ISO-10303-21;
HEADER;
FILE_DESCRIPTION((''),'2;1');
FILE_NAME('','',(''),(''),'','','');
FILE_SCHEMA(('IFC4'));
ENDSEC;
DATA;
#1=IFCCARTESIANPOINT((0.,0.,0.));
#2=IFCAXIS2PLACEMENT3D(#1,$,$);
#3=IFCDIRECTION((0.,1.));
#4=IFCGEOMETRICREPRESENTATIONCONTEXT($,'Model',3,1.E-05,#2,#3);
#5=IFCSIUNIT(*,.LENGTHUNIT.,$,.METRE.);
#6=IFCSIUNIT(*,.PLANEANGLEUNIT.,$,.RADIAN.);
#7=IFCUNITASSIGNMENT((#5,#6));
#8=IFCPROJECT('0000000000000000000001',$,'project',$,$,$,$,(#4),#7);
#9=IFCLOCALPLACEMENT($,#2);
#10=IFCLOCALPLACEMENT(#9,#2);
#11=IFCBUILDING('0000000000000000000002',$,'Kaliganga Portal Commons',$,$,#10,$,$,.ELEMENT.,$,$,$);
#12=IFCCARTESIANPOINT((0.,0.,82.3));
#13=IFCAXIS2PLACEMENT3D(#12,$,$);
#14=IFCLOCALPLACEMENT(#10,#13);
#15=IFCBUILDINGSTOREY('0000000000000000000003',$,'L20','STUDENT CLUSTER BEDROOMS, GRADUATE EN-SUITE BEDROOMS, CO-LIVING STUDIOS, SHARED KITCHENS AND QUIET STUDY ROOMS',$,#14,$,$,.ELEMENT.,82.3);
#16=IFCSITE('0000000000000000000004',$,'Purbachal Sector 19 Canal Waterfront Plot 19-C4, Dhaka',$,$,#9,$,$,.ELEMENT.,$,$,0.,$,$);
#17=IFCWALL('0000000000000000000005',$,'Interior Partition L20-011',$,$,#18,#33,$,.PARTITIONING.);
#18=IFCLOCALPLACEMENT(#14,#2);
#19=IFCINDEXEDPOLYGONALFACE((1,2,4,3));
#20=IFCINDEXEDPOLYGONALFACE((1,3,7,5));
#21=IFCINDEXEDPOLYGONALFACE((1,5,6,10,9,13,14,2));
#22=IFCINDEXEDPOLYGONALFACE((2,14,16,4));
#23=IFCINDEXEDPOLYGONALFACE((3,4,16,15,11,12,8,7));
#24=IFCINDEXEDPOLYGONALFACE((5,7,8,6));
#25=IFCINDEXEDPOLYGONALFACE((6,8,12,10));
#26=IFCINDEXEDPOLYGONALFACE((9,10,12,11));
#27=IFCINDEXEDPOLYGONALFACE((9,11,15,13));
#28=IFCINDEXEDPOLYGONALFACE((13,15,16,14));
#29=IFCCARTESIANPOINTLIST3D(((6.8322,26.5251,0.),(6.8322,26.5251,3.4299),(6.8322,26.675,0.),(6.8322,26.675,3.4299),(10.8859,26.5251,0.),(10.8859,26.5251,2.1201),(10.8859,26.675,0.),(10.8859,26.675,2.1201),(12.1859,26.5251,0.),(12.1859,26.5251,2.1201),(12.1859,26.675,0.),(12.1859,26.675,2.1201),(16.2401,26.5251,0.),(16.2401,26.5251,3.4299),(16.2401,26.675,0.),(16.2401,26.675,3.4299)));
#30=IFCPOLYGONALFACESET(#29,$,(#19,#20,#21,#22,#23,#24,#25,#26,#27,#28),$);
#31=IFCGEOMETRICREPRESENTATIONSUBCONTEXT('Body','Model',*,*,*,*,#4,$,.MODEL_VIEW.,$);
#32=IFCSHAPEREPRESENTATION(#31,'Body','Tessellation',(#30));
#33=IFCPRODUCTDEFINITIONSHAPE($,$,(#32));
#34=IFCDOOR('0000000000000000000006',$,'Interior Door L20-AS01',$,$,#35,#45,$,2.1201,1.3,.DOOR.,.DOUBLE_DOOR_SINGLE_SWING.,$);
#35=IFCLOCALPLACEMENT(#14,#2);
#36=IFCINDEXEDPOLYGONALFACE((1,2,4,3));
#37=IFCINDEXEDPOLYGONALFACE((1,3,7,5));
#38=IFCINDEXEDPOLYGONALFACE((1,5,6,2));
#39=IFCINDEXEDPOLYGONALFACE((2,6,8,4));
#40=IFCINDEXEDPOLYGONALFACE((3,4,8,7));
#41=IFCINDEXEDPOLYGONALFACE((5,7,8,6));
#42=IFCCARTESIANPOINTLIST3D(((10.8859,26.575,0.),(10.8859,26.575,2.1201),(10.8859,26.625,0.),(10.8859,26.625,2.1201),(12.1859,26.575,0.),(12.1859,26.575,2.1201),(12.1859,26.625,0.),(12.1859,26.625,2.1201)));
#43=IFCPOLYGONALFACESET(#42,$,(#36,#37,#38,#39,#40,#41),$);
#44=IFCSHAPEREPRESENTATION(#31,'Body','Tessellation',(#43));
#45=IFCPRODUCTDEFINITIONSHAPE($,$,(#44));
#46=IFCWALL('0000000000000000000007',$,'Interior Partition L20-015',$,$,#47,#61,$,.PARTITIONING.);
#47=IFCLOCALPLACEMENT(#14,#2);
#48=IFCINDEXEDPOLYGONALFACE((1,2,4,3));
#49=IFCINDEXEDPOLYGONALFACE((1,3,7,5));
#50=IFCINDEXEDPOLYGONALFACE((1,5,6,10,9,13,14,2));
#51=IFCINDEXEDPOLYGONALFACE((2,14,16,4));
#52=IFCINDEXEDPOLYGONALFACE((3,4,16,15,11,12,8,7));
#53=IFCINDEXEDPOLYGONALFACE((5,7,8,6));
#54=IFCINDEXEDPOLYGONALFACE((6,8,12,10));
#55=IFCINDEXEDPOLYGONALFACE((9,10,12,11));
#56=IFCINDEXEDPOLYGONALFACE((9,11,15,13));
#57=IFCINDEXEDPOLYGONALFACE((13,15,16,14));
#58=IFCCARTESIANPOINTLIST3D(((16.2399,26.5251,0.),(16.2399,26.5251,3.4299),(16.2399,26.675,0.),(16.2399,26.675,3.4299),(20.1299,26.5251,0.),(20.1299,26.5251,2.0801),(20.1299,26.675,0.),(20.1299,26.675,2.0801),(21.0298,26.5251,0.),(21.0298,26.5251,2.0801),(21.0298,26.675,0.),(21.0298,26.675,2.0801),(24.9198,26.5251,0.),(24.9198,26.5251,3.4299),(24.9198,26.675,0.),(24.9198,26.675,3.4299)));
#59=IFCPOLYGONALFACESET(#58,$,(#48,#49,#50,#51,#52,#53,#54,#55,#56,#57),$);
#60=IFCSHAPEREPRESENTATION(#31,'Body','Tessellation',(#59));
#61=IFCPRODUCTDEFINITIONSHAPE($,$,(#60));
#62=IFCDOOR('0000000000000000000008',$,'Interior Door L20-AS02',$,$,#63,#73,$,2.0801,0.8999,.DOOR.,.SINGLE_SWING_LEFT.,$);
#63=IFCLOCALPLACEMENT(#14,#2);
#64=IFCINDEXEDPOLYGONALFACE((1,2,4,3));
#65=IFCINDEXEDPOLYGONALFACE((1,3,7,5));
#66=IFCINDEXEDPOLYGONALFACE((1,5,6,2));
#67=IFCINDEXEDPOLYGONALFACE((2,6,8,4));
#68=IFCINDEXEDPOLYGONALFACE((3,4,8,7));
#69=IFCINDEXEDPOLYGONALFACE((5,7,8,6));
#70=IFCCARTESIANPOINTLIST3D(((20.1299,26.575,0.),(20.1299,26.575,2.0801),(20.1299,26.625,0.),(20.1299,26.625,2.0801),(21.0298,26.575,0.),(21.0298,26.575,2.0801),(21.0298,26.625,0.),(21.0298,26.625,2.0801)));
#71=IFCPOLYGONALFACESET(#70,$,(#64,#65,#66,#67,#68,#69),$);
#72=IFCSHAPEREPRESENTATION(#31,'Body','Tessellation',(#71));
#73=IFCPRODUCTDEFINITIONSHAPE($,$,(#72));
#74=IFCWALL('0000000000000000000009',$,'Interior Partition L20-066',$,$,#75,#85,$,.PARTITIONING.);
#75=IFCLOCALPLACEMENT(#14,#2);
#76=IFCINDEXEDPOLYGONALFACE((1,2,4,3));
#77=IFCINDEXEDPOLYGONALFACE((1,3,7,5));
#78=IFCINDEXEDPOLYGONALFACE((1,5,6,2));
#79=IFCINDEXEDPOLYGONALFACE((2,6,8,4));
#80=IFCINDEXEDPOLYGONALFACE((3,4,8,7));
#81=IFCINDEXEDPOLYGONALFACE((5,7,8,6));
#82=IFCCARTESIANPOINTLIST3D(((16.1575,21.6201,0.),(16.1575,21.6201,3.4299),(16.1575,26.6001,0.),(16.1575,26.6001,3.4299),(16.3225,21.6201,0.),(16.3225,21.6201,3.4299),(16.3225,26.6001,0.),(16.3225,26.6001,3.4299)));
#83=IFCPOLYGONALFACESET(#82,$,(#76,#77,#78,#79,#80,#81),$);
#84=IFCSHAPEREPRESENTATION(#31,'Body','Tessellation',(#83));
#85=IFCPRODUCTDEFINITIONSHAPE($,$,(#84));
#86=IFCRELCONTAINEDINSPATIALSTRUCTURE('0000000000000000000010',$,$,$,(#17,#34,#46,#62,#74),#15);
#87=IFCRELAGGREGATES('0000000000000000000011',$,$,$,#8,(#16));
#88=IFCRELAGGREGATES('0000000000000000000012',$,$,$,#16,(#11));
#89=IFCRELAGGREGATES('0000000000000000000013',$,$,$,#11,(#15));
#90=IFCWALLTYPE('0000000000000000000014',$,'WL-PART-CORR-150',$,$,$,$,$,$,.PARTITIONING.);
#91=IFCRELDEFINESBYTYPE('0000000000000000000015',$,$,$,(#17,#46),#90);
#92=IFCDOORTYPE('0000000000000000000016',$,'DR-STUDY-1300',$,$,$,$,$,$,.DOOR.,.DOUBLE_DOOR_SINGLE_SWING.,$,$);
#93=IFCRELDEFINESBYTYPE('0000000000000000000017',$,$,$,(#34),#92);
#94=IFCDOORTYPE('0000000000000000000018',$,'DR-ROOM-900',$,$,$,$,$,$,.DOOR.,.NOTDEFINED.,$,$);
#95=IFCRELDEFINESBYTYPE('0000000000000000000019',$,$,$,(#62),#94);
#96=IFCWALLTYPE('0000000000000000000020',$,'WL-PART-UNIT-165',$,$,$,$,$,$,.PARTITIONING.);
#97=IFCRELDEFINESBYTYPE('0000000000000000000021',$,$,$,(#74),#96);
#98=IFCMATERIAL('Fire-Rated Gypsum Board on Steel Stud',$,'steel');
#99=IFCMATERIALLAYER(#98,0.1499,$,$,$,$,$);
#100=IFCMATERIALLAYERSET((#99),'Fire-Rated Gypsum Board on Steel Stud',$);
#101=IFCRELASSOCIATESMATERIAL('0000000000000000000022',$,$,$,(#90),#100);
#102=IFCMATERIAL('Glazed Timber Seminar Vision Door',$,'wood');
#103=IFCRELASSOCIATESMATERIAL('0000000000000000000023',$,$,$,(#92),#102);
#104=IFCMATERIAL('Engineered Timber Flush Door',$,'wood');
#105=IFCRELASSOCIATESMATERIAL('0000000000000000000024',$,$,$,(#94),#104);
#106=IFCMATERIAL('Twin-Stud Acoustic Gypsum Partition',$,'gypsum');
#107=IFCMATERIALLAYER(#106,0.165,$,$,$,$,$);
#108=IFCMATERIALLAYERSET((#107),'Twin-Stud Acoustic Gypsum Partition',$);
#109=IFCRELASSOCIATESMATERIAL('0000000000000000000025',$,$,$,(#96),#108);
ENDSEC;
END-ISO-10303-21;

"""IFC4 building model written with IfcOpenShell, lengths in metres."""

from ifc_helpers import new_model, si_unit, direction, frame, frame_2d, origin, place, context, subcontext, project, spatial, rectangle, extrude, material, layer, layer_set, type_object, element, fill, save


model = new_model("IFC4")

# Units and contexts
model_context = context("Model", 3, precision=1e-05, world=origin(), true_north=direction((0.0, 1.0)))
body_context = subcontext(model_context, "Body", "Model", "MODEL_VIEW")
ifc_project = project(units=[si_unit("LENGTHUNIT", "METRE"), si_unit("PLANEANGLEUNIT", "RADIAN")], contexts=[model_context])

# Site, building, storey
site_placement = place(None, origin())
site = spatial("IfcSite", under=ifc_project, at=site_placement, Name="Purbachal Sector 19 Canal Waterfront Plot 19-C4, Dhaka", CompositionType="ELEMENT", RefElevation=0.0)
building_placement = place(site_placement, origin())
building = spatial("IfcBuilding", under=site, at=building_placement, Name="Kaliganga Portal Commons", CompositionType="ELEMENT")
storey_placement = place(building_placement, frame((0.0, 0.0, 82.3)))
storey = spatial("IfcBuildingStorey", under=building, at=storey_placement, Name="L20", Description="STUDENT CLUSTER BEDROOMS, GRADUATE EN-SUITE BEDROOMS, CO-LIVING STUDIOS, SHARED KITCHENS AND QUIET STUDY ROOMS", CompositionType="ELEMENT", Elevation=82.3)

# Walls, openings, doors
ifc_material_1 = material(Name="Fire-Rated Gypsum Board on Steel Stud", Category="steel")
ifc_layer_1 = layer(ifc_material_1, 0.1499)
ifc_layer_set_1 = layer_set([ifc_layer_1], Name="Fire-Rated Gypsum Board on Steel Stud")
wall_type_1 = type_object("IfcWallType", Name="WL-PART-CORR-150", PredefinedType="PARTITIONING", material=ifc_layer_set_1)
wall_1_placement = place(storey_placement, frame((6.832, 26.6001, 0.0), z_axis=(0.0, 0.0, 1.0), x_axis=(1.0, 0.0, 0.0)))
wall_1 = element("IfcWall", 1, at=wall_1_placement, inside=storey, type_object=wall_type_1, Name="Interior Partition L20-011", PredefinedType="PARTITIONING", context=body_context, shape_type="SweptSolid", body=[
    extrude(rectangle(XDim=9.408, YDim=0.1499, at=frame_2d((4.7041, 0.0))), origin(), (0.0, 0.0, 1.0), 3.4299),
])
opening_1_placement = place(wall_1_placement, frame((4.054, 0.0, 0.0)))
opening_1 = element("IfcOpeningElement", 2, at=opening_1_placement, cuts=wall_1, PredefinedType="OPENING", context=body_context, shape_type="SweptSolid", body=[
    extrude(rectangle(XDim=1.3, YDim=2.1201, at=frame_2d((0.6499, 1.0601))), frame((0.0, 0.085, 0.0), z_axis=(0.0, -1.0, 0.0), x_axis=(1.0, 0.0, 0.0)), (0.0, 0.0, 1.0), 0.1699),
])
ifc_material_2 = material(Name="Glazed Timber Seminar Vision Door", Category="wood")
door_type_1 = type_object("IfcDoorType", Name="DR-STUDY-1300", OperationType="DOUBLE_DOOR_SINGLE_SWING", PredefinedType="DOOR", material=ifc_material_2)
door_1_placement = place(opening_1_placement, origin())
door_1 = element("IfcDoor", 3, at=door_1_placement, inside=storey, type_object=door_type_1, Name="Interior Door L20-AS01", OperationType="DOUBLE_DOOR_SINGLE_SWING", OverallHeight=2.1201, OverallWidth=1.3, PredefinedType="DOOR", context=body_context, shape_type="SweptSolid", body=[
    extrude(rectangle(XDim=1.3, YDim=2.1201, at=frame_2d((0.6499, 1.0601))), frame((0.0, 0.0249, 0.0), z_axis=(0.0, -1.0, 0.0), x_axis=(1.0, 0.0, 0.0)), (0.0, 0.0, 1.0), 0.05),
])
fill(opening_1, door_1)
wall_2_placement = place(storey_placement, frame((16.24, 26.6001, 0.0), z_axis=(0.0, 0.0, 1.0), x_axis=(1.0, 0.0, 0.0)))
wall_2 = element("IfcWall", 4, at=wall_2_placement, inside=storey, type_object=wall_type_1, Name="Interior Partition L20-015", PredefinedType="PARTITIONING", context=body_context, shape_type="SweptSolid", body=[
    extrude(rectangle(XDim=8.6799, YDim=0.1499, at=frame_2d((4.3398, 0.0))), origin(), (0.0, 0.0, 1.0), 3.4299),
])
opening_2_placement = place(wall_2_placement, frame((3.8899, 0.0, 0.0)))
opening_2 = element("IfcOpeningElement", 5, at=opening_2_placement, cuts=wall_2, PredefinedType="OPENING", context=body_context, shape_type="SweptSolid", body=[
    extrude(rectangle(XDim=0.8999, YDim=2.0801, at=frame_2d((0.45, 1.04))), frame((0.0, 0.085, 0.0), z_axis=(0.0, -1.0, 0.0), x_axis=(1.0, 0.0, 0.0)), (0.0, 0.0, 1.0), 0.1699),
])
ifc_material_3 = material(Name="Engineered Timber Flush Door", Category="wood")
door_type_2 = type_object("IfcDoorType", Name="DR-ROOM-900", OperationType="NOTDEFINED", PredefinedType="DOOR", material=ifc_material_3)
door_2_placement = place(opening_2_placement, origin())
door_2 = element("IfcDoor", 6, at=door_2_placement, inside=storey, type_object=door_type_2, Name="Interior Door L20-AS02", OperationType="SINGLE_SWING_LEFT", OverallHeight=2.0801, OverallWidth=0.8999, PredefinedType="DOOR", context=body_context, shape_type="SweptSolid", body=[
    extrude(rectangle(XDim=0.8999, YDim=2.0801, at=frame_2d((0.45, 1.04))), frame((0.0, 0.0249, 0.0), z_axis=(0.0, -1.0, 0.0), x_axis=(1.0, 0.0, 0.0)), (0.0, 0.0, 1.0), 0.05),
])
fill(opening_2, door_2)

# Wall
ifc_material_4 = material(Name="Twin-Stud Acoustic Gypsum Partition", Category="gypsum")
ifc_layer_2 = layer(ifc_material_4, 0.165)
ifc_layer_set_2 = layer_set([ifc_layer_2], Name="Twin-Stud Acoustic Gypsum Partition")
wall_type_2 = type_object("IfcWallType", Name="WL-PART-UNIT-165", PredefinedType="PARTITIONING", material=ifc_layer_set_2)
wall_3_placement = place(storey_placement, frame((16.24, 21.6201, 0.0), z_axis=(0.0, 0.0, 1.0), x_axis=(0.0, 1.0, 0.0)))
element("IfcWall", 7, at=wall_3_placement, inside=storey, type_object=wall_type_2, Name="Interior Partition L20-066", PredefinedType="PARTITIONING", context=body_context, shape_type="SweptSolid", body=[
    extrude(rectangle(XDim=4.98, YDim=0.165, at=frame_2d((2.49, 0.0))), origin(), (0.0, 0.0, 1.0), 3.4299),
])

save(model, "model.ifc")
